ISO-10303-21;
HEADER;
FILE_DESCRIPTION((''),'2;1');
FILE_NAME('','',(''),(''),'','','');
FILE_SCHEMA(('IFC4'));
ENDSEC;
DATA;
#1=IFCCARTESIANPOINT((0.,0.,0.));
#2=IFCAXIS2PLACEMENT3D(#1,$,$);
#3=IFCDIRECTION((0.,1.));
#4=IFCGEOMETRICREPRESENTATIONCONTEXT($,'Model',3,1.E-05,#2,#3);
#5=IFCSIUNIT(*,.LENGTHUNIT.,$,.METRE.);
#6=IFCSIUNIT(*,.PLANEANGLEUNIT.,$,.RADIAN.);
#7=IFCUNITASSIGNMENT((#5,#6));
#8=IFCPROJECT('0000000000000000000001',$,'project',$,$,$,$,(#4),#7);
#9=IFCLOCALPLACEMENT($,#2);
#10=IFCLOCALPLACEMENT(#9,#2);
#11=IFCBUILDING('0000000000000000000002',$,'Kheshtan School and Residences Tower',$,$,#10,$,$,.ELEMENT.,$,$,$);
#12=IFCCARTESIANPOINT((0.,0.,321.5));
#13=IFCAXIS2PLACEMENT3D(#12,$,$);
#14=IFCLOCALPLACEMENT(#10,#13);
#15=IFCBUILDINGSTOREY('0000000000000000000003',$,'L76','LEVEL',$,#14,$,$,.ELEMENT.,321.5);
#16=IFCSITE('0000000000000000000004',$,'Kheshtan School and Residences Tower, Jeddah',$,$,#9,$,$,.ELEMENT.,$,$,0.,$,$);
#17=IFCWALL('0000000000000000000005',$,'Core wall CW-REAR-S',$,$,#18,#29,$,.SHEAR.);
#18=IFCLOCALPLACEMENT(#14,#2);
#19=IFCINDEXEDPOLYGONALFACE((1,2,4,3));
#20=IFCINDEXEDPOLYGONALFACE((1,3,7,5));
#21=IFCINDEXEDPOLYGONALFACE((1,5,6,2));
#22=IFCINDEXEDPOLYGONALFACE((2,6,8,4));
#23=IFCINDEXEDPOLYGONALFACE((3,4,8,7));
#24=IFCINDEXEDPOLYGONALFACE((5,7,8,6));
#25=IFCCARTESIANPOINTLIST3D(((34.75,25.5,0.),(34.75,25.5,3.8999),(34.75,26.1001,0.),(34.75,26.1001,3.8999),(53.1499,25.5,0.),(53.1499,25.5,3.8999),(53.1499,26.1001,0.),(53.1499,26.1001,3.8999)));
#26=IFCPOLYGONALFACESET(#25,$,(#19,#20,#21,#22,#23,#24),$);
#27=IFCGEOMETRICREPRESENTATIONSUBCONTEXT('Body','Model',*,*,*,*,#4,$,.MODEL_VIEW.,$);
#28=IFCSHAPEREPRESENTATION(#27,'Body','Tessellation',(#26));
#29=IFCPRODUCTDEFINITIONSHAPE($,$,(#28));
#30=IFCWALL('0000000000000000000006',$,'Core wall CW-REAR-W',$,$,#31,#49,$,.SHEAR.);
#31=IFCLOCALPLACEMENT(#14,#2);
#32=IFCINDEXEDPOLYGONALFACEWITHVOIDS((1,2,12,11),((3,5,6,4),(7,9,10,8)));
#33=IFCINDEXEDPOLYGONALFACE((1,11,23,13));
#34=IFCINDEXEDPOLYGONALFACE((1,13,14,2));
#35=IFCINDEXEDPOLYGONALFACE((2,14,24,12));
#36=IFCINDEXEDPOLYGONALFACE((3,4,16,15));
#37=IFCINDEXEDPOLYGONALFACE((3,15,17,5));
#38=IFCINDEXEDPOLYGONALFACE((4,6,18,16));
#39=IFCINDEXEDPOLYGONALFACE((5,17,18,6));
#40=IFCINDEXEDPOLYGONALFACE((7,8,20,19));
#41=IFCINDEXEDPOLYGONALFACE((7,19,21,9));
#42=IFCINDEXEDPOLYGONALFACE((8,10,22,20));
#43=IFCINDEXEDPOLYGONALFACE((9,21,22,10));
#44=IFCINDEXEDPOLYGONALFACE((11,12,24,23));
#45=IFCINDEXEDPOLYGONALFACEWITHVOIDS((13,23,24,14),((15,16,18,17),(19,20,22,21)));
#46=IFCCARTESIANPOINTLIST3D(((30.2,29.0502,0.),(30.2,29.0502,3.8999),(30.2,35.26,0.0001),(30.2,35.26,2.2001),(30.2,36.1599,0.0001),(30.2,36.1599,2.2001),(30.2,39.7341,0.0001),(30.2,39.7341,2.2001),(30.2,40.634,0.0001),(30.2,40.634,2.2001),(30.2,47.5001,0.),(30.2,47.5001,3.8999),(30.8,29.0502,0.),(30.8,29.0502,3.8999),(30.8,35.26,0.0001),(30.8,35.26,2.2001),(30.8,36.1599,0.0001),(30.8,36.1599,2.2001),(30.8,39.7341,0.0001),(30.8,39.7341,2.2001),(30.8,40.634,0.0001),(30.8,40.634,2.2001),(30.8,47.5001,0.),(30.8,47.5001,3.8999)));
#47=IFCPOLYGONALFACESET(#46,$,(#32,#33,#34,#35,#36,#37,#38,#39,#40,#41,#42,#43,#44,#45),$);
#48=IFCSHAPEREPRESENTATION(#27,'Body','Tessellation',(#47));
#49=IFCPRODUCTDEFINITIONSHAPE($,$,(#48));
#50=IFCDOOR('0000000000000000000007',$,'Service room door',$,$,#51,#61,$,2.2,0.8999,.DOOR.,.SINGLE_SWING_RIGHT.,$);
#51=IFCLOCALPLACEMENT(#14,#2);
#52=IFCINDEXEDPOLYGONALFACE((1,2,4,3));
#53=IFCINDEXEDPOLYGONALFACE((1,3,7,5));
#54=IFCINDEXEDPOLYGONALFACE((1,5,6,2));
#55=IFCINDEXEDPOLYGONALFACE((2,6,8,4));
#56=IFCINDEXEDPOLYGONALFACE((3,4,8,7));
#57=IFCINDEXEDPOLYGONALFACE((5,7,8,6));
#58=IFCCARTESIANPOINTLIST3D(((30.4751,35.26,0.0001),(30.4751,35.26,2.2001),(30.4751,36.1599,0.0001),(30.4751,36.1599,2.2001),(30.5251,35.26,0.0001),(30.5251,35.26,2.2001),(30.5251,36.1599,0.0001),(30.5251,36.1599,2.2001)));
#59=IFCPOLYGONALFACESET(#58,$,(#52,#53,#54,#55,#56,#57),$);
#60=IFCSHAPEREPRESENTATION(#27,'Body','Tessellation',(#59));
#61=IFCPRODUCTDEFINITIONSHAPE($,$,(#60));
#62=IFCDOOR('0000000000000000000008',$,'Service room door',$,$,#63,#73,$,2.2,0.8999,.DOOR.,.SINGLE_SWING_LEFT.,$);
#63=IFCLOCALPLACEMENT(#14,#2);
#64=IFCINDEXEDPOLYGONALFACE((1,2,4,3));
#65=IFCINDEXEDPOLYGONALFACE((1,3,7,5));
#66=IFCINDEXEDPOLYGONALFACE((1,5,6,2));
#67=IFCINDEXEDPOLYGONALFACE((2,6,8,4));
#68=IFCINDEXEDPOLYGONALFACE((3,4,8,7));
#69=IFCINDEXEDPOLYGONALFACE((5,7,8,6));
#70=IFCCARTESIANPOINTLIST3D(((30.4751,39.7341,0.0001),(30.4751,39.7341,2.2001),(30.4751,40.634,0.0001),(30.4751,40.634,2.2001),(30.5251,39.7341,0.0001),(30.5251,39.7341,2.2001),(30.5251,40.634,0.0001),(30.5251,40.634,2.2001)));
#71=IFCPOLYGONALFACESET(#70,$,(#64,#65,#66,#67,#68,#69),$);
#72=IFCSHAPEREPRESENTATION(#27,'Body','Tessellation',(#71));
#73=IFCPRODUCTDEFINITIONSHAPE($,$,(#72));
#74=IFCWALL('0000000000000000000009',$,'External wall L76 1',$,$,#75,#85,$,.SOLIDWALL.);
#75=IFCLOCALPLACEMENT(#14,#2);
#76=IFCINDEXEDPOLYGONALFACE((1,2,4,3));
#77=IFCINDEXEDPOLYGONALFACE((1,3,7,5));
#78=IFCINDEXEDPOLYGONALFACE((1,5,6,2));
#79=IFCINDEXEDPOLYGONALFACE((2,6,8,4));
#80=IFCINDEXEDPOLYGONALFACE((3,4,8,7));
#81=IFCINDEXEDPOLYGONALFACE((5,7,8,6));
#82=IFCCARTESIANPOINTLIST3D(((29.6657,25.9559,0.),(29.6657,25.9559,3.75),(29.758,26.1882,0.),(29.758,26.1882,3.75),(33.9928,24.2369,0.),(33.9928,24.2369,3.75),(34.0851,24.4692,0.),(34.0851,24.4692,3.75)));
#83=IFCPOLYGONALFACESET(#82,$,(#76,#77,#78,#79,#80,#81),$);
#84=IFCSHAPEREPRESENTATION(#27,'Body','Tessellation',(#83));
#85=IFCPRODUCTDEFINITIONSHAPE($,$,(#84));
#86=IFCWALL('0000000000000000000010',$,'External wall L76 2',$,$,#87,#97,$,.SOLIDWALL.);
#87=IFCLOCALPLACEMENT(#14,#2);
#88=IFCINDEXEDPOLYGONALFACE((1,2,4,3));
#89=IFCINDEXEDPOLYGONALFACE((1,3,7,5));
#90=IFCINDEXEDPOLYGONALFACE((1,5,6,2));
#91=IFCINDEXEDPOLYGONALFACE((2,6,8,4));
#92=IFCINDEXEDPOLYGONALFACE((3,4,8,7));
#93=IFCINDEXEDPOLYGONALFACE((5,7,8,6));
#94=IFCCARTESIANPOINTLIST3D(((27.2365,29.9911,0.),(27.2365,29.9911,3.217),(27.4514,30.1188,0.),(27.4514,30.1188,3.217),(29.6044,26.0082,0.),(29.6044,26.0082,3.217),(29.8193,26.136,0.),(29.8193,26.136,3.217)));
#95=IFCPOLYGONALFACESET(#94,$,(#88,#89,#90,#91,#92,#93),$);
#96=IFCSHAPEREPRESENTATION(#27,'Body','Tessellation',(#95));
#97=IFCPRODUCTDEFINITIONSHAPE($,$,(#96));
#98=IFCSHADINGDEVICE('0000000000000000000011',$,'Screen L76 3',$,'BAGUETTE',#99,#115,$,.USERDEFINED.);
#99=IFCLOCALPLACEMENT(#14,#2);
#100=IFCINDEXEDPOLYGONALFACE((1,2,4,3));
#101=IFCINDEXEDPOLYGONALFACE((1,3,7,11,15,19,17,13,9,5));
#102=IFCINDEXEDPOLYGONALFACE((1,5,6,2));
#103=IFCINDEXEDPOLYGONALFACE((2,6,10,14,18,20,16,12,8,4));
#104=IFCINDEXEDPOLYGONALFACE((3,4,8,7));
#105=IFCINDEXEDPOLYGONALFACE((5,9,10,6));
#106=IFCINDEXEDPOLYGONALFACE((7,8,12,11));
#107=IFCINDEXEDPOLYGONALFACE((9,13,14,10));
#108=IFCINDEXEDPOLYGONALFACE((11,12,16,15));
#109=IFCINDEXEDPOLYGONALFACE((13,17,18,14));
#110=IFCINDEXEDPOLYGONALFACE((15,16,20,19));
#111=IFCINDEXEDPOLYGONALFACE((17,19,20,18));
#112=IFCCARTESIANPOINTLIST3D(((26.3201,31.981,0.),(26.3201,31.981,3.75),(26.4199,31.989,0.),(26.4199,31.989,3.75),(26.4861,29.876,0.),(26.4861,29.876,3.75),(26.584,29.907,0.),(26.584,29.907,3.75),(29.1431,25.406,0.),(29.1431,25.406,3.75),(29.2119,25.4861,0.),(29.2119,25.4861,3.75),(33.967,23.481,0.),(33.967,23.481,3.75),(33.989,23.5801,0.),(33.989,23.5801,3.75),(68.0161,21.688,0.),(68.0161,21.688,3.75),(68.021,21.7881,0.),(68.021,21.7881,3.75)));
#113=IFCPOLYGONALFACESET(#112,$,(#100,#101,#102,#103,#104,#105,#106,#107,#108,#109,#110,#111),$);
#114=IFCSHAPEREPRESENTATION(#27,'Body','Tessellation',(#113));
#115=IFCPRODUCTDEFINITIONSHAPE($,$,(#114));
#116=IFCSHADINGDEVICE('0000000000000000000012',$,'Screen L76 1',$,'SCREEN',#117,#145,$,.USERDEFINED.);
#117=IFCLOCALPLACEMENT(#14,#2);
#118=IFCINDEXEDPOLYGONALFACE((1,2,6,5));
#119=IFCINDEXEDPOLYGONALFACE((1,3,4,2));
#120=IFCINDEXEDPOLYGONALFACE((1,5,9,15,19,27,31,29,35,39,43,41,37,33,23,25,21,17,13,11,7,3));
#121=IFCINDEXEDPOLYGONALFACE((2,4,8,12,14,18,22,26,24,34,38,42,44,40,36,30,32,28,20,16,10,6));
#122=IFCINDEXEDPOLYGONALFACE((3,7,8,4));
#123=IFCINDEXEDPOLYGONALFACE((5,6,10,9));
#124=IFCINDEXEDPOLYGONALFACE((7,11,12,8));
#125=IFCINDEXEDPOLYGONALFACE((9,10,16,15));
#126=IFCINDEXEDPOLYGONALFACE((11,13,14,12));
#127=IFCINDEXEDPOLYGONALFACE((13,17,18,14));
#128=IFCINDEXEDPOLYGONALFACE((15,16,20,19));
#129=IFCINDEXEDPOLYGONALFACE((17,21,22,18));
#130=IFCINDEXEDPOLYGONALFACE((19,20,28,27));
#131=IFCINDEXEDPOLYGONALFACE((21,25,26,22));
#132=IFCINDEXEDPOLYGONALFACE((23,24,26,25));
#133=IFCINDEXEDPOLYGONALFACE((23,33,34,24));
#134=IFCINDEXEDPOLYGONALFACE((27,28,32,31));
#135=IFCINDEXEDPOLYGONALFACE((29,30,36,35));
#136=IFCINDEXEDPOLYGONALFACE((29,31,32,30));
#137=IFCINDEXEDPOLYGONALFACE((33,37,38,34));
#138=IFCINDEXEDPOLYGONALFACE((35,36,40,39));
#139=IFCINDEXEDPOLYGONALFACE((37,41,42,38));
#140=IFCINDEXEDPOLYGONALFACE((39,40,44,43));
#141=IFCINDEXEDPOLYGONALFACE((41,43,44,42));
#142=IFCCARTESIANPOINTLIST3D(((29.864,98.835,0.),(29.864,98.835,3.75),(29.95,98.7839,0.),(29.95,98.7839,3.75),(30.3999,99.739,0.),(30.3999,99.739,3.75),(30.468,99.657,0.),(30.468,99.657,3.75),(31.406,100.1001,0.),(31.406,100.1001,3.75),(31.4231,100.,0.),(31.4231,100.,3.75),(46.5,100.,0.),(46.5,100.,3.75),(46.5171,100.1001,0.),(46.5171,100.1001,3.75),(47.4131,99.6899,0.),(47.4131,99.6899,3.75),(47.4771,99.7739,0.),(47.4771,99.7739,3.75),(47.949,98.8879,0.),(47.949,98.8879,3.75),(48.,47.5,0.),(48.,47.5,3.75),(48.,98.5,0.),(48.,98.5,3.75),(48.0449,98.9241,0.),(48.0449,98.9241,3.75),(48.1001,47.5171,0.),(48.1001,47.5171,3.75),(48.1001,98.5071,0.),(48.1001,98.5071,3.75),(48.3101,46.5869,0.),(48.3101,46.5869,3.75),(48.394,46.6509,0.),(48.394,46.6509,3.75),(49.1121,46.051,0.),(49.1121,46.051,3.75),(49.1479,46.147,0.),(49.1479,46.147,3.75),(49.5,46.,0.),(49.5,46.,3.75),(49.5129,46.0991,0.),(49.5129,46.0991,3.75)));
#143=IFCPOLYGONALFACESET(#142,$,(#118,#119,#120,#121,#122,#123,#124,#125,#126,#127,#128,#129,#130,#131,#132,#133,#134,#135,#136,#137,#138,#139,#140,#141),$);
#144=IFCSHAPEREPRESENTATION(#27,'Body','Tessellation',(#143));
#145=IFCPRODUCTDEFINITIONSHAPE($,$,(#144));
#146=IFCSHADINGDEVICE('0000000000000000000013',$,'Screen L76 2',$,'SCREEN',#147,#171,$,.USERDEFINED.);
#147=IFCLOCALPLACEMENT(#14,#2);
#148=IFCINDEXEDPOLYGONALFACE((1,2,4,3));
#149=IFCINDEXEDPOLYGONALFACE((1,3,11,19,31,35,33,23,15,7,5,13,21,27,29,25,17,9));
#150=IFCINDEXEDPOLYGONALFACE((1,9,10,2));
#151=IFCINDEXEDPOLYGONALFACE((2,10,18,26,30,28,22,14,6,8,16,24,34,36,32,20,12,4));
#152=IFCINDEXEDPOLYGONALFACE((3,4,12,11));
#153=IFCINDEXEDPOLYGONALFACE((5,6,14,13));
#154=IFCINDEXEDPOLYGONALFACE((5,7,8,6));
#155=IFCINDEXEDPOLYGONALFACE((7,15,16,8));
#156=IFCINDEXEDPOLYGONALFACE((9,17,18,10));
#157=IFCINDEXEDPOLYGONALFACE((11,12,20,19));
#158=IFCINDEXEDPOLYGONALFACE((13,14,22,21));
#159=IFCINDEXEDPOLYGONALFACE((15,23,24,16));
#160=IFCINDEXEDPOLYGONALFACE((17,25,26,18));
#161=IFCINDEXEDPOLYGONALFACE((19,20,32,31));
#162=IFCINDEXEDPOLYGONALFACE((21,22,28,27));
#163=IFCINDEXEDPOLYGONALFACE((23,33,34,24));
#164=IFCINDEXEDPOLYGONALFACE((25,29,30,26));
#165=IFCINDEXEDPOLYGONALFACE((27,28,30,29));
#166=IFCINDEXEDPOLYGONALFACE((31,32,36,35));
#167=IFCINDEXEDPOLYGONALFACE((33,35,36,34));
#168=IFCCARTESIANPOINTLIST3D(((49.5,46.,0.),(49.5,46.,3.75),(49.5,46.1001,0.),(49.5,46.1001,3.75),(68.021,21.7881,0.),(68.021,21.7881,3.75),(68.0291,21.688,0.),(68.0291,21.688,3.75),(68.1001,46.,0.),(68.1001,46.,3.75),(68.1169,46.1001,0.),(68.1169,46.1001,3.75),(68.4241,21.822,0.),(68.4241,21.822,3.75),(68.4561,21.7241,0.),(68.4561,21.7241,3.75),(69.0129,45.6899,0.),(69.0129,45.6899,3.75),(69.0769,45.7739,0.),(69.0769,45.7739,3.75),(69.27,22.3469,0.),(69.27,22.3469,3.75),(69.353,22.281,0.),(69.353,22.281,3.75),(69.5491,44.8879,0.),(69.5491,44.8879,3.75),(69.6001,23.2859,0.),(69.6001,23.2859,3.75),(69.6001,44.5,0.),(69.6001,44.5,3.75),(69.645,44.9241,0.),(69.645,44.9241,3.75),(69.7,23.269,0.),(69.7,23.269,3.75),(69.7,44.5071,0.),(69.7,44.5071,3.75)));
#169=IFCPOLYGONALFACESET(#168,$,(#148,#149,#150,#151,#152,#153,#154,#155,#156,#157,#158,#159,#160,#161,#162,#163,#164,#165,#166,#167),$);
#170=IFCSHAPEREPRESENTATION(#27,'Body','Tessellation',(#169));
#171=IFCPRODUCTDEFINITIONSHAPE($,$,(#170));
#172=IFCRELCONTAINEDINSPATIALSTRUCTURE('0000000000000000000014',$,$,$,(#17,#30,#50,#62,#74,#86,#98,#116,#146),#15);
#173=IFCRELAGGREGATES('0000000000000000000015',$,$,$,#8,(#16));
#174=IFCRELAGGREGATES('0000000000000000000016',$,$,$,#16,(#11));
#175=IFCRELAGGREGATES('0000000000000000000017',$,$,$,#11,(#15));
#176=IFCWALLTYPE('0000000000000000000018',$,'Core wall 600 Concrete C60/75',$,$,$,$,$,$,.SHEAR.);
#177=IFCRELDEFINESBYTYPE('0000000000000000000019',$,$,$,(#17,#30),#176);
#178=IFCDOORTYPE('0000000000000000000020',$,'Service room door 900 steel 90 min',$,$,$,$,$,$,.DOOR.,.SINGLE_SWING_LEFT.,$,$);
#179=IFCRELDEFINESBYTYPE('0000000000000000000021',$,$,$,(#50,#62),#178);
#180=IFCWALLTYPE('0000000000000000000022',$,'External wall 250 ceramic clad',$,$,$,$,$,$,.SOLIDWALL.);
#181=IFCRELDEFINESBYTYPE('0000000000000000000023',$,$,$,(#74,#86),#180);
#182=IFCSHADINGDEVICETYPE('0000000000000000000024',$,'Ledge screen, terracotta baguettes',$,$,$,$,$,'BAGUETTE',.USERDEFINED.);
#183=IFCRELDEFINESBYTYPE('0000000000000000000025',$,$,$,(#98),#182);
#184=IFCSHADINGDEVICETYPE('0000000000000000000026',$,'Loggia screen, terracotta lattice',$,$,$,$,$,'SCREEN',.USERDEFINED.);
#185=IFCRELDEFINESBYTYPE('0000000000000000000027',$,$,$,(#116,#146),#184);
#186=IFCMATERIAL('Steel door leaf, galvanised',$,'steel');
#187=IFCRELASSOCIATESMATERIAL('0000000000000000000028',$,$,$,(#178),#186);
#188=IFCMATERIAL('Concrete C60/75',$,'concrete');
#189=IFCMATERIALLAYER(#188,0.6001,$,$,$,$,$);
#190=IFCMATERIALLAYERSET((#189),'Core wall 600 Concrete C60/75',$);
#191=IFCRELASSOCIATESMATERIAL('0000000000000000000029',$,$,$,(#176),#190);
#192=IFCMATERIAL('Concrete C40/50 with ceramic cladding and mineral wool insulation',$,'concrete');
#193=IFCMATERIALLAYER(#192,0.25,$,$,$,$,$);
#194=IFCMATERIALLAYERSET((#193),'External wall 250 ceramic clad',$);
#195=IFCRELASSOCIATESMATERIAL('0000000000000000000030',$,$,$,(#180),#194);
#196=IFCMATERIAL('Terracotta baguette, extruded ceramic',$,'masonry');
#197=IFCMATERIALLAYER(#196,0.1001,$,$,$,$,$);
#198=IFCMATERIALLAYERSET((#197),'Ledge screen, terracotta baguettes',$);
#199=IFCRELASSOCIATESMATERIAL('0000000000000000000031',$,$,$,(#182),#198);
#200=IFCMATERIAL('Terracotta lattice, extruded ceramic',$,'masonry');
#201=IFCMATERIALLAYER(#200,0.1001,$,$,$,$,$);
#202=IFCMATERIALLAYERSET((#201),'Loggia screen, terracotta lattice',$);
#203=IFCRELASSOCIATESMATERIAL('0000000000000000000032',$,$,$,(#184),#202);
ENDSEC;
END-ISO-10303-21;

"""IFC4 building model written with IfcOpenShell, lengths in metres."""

from ifc_helpers import new_model, si_unit, direction, frame, frame_2d, origin, place, context, subcontext, project, spatial, polyline, rectangle, outline, extrude, source, transform, mapped, material, layer, layer_set, type_object, element, fill, save


model = new_model("IFC4")

# Units and contexts
model_context = context("Model", 3, precision=1e-05, world=origin(), true_north=direction((0.0, 1.0)))
body_context = subcontext(model_context, "Body", "Model", "MODEL_VIEW")
ifc_project = project(units=[si_unit("LENGTHUNIT", "METRE"), si_unit("PLANEANGLEUNIT", "RADIAN")], contexts=[model_context])

# Site, building, storey
site_placement = place(None, origin())
site = spatial("IfcSite", under=ifc_project, at=site_placement, Name="Kheshtan School and Residences Tower, Jeddah", CompositionType="ELEMENT", RefElevation=0.0)
building_placement = place(site_placement, origin())
building = spatial("IfcBuilding", under=site, at=building_placement, Name="Kheshtan School and Residences Tower", CompositionType="ELEMENT")
storey_placement = place(building_placement, frame((0.0, 0.0, 321.5)))
storey = spatial("IfcBuildingStorey", under=building, at=storey_placement, Name="L76", Description="LEVEL", CompositionType="ELEMENT", Elevation=321.5)

# Shared definitions
ifc_material_1 = material(Name="Steel door leaf, galvanised", Category="steel")
door_type_1 = type_object("IfcDoorType", Name="Service room door 900 steel 90 min", OperationType="SINGLE_SWING_LEFT", PredefinedType="DOOR", material=ifc_material_1)
shared_shape_1 = source(origin(), body_context, "Body", "SweptSolid", [
    extrude(rectangle(XDim=0.8999, YDim=2.2, at=frame_2d((0.45, 1.1001))), frame((0.0, 0.0249, 0.0), z_axis=(0.0, -1.0, 0.0), x_axis=(1.0, 0.0, 0.0)), (0.0, 0.0, 1.0), 0.05),
])

# Wall
ifc_material_2 = material(Name="Concrete C60/75", Category="concrete")
ifc_layer_1 = layer(ifc_material_2, 0.6001)
ifc_layer_set_1 = layer_set([ifc_layer_1], Name="Core wall 600 Concrete C60/75")
wall_type_1 = type_object("IfcWallType", Name="Core wall 600 Concrete C60/75", PredefinedType="SHEAR", material=ifc_layer_set_1)
wall_1_placement = place(storey_placement, frame((34.75, 25.8, 0.0), z_axis=(0.0, 0.0, 1.0), x_axis=(1.0, 0.0, 0.0)))
element("IfcWall", 1, at=wall_1_placement, inside=storey, type_object=wall_type_1, Name="Core wall CW-REAR-S", PredefinedType="SHEAR", context=body_context, shape_type="SweptSolid", body=[
    extrude(rectangle(XDim=18.3999, YDim=0.6001, at=frame_2d((9.2, 0.0))), origin(), (0.0, 0.0, 1.0), 3.8999),
])

# Wall, openings, doors
wall_2_placement = place(storey_placement, frame((30.5, 29.05, 0.0), z_axis=(0.0, 0.0, 1.0), x_axis=(0.0, 1.0, 0.0)))
wall_2 = element("IfcWall", 2, at=wall_2_placement, inside=storey, type_object=wall_type_1, Name="Core wall CW-REAR-W", PredefinedType="SHEAR", context=body_context, shape_type="SweptSolid", body=[
    extrude(rectangle(XDim=18.45, YDim=0.6001, at=frame_2d((9.2251, 0.0))), origin(), (0.0, 0.0, 1.0), 3.8999),
])
opening_1_placement = place(wall_2_placement, frame((6.21, 0.0, 0.0)))
opening_1 = element("IfcOpeningElement", 3, at=opening_1_placement, cuts=wall_2, PredefinedType="OPENING", context=body_context, shape_type="SweptSolid", body=[
    extrude(rectangle(XDim=0.8999, YDim=2.2, at=frame_2d((0.45, 1.1001))), frame((0.0, 0.3101, 0.0), z_axis=(0.0, -1.0, 0.0), x_axis=(1.0, 0.0, 0.0)), (0.0, 0.0, 1.0), 0.6201),
])
opening_2_placement = place(wall_2_placement, frame((10.6841, 0.0, 0.0)))
opening_2 = element("IfcOpeningElement", 4, at=opening_2_placement, cuts=wall_2, PredefinedType="OPENING", context=body_context, shape_type="SweptSolid", body=[
    extrude(rectangle(XDim=0.8999, YDim=2.2, at=frame_2d((0.45, 1.1001))), frame((0.0, 0.3101, 0.0), z_axis=(0.0, -1.0, 0.0), x_axis=(1.0, 0.0, 0.0)), (0.0, 0.0, 1.0), 0.6201),
])
door_1_placement = place(opening_1_placement, origin())
door_1 = element("IfcDoor", 5, at=door_1_placement, inside=storey, type_object=door_type_1, Name="Service room door", OperationType="SINGLE_SWING_RIGHT", OverallHeight=2.2, OverallWidth=0.8999, PredefinedType="DOOR", context=body_context, shape_type="MappedRepresentation", body=[
    mapped(shared_shape_1, transform((0.0, 0.0, 0.0), x_axis=(1.0, 0.0, 0.0), y_axis=(0.0, 1.0, 0.0), z_axis=(0.0, 0.0, 1.0), scale=1.0)),
])
fill(opening_1, door_1)
door_2_placement = place(opening_2_placement, origin())
door_2 = element("IfcDoor", 6, at=door_2_placement, inside=storey, type_object=door_type_1, Name="Service room door", OperationType="SINGLE_SWING_LEFT", OverallHeight=2.2, OverallWidth=0.8999, PredefinedType="DOOR", context=body_context, shape_type="MappedRepresentation", body=[
    mapped(shared_shape_1, transform((0.0, 0.0, 0.0), x_axis=(1.0, 0.0, 0.0), y_axis=(0.0, 1.0, 0.0), z_axis=(0.0, 0.0, 1.0), scale=1.0)),
])
fill(opening_2, door_2)

# Walls
ifc_material_3 = material(Name="Concrete C40/50 with ceramic cladding and mineral wool insulation", Category="concrete")
ifc_layer_2 = layer(ifc_material_3, 0.25)
ifc_layer_set_2 = layer_set([ifc_layer_2], Name="External wall 250 ceramic clad")
wall_type_2 = type_object("IfcWallType", Name="External wall 250 ceramic clad", PredefinedType="SOLIDWALL", material=ifc_layer_set_2)
wall_3_placement = place(storey_placement, frame((34.0391, 24.353, 0.0), z_axis=(0.0, 0.0, 1.0), x_axis=(-0.929353, 0.369193, 0.0)))
element("IfcWall", 7, at=wall_3_placement, inside=storey, type_object=wall_type_2, Name="External wall L76 1", PredefinedType="SOLIDWALL", context=body_context, shape_type="SweptSolid", body=[
    extrude(rectangle(XDim=4.656, YDim=0.25, at=frame_2d((2.3281, 0.0))), origin(), (0.0, 0.0, 1.0), 3.75),
])
wall_4_placement = place(storey_placement, frame((29.7119, 26.072, 0.0), z_axis=(0.0, 0.0, 1.0), x_axis=(-0.511028, 0.859564, 0.0)))
element("IfcWall", 8, at=wall_4_placement, inside=storey, type_object=wall_type_2, Name="External wall L76 2", PredefinedType="SOLIDWALL", context=body_context, shape_type="SweptSolid", body=[
    extrude(rectangle(XDim=4.6335, YDim=0.25, at=frame_2d((2.3169, 0.0))), origin(), (0.0, 0.0, 1.0), 3.217),
])

# Shading devices
ifc_material_4 = material(Name="Terracotta baguette, extruded ceramic", Category="masonry")
ifc_layer_3 = layer(ifc_material_4, 0.1001)
ifc_layer_set_3 = layer_set([ifc_layer_3], Name="Ledge screen, terracotta baguettes")
shading_device_type_1 = type_object("IfcShadingDeviceType", Name="Ledge screen, terracotta baguettes", ElementType="BAGUETTE", PredefinedType="USERDEFINED", material=ifc_layer_set_3)
shading_device_1_placement = place(storey_placement, origin())
element("IfcShadingDevice", 9, at=shading_device_1_placement, inside=storey, type_object=shading_device_type_1, Name="Screen L76 3", ObjectType="BAGUETTE", PredefinedType="USERDEFINED", context=body_context, shape_type="SweptSolid", body=[
    extrude(outline(polyline([(68.021, 21.7881), (33.989, 23.5801), (29.2119, 25.4861), (26.584, 29.907), (26.4199, 31.989), (26.3201, 31.981), (26.4861, 29.876), (29.1431, 25.406), (33.967, 23.481), (68.0161, 21.688), (68.021, 21.7881)])), origin(), (0.0, 0.0, 1.0), 3.75),
])
ifc_material_5 = material(Name="Terracotta lattice, extruded ceramic", Category="masonry")
ifc_layer_4 = layer(ifc_material_5, 0.1001)
ifc_layer_set_4 = layer_set([ifc_layer_4], Name="Loggia screen, terracotta lattice")
shading_device_type_2 = type_object("IfcShadingDeviceType", Name="Loggia screen, terracotta lattice", ElementType="SCREEN", PredefinedType="USERDEFINED", material=ifc_layer_set_4)
shading_device_2_placement = place(storey_placement, origin())
element("IfcShadingDevice", 10, at=shading_device_2_placement, inside=storey, type_object=shading_device_type_2, Name="Screen L76 1", ObjectType="SCREEN", PredefinedType="USERDEFINED", context=body_context, shape_type="SweptSolid", body=[
    extrude(outline(polyline([(29.95, 98.7839), (30.468, 99.657), (31.4231, 100.0), (46.5, 100.0), (47.4131, 99.6899), (47.949, 98.8879), (48.0, 98.5), (48.0, 47.5), (48.3101, 46.5869), (49.1121, 46.051), (49.5, 46.0), (49.5129, 46.0991), (49.1479, 46.147), (48.394, 46.6509), (48.1001, 47.5171), (48.1001, 98.5071), (48.0449, 98.9241), (47.4771, 99.7739), (46.5171, 100.1001), (31.406, 100.1001), (30.3999, 99.739), (29.864, 98.835), (29.95, 98.7839)])), origin(), (0.0, 0.0, 1.0), 3.75),
])
shading_device_3_placement = place(storey_placement, origin())
element("IfcShadingDevice", 11, at=shading_device_3_placement, inside=storey, type_object=shading_device_type_2, Name="Screen L76 2", ObjectType="SCREEN", PredefinedType="USERDEFINED", context=body_context, shape_type="SweptSolid", body=[
    extrude(outline(polyline([(49.5, 46.0), (68.1001, 46.0), (69.0129, 45.6899), (69.5491, 44.8879), (69.6001, 44.5), (69.6001, 23.2859), (69.27, 22.3469), (68.4241, 21.822), (68.021, 21.7881), (68.0291, 21.688), (68.4561, 21.7241), (69.353, 22.281), (69.7, 23.269), (69.7, 44.5071), (69.645, 44.9241), (69.0769, 45.7739), (68.1169, 46.1001), (49.5, 46.1001), (49.5, 46.0)])), origin(), (0.0, 0.0, 1.0), 3.75),
])

save(model, "model.ifc")
